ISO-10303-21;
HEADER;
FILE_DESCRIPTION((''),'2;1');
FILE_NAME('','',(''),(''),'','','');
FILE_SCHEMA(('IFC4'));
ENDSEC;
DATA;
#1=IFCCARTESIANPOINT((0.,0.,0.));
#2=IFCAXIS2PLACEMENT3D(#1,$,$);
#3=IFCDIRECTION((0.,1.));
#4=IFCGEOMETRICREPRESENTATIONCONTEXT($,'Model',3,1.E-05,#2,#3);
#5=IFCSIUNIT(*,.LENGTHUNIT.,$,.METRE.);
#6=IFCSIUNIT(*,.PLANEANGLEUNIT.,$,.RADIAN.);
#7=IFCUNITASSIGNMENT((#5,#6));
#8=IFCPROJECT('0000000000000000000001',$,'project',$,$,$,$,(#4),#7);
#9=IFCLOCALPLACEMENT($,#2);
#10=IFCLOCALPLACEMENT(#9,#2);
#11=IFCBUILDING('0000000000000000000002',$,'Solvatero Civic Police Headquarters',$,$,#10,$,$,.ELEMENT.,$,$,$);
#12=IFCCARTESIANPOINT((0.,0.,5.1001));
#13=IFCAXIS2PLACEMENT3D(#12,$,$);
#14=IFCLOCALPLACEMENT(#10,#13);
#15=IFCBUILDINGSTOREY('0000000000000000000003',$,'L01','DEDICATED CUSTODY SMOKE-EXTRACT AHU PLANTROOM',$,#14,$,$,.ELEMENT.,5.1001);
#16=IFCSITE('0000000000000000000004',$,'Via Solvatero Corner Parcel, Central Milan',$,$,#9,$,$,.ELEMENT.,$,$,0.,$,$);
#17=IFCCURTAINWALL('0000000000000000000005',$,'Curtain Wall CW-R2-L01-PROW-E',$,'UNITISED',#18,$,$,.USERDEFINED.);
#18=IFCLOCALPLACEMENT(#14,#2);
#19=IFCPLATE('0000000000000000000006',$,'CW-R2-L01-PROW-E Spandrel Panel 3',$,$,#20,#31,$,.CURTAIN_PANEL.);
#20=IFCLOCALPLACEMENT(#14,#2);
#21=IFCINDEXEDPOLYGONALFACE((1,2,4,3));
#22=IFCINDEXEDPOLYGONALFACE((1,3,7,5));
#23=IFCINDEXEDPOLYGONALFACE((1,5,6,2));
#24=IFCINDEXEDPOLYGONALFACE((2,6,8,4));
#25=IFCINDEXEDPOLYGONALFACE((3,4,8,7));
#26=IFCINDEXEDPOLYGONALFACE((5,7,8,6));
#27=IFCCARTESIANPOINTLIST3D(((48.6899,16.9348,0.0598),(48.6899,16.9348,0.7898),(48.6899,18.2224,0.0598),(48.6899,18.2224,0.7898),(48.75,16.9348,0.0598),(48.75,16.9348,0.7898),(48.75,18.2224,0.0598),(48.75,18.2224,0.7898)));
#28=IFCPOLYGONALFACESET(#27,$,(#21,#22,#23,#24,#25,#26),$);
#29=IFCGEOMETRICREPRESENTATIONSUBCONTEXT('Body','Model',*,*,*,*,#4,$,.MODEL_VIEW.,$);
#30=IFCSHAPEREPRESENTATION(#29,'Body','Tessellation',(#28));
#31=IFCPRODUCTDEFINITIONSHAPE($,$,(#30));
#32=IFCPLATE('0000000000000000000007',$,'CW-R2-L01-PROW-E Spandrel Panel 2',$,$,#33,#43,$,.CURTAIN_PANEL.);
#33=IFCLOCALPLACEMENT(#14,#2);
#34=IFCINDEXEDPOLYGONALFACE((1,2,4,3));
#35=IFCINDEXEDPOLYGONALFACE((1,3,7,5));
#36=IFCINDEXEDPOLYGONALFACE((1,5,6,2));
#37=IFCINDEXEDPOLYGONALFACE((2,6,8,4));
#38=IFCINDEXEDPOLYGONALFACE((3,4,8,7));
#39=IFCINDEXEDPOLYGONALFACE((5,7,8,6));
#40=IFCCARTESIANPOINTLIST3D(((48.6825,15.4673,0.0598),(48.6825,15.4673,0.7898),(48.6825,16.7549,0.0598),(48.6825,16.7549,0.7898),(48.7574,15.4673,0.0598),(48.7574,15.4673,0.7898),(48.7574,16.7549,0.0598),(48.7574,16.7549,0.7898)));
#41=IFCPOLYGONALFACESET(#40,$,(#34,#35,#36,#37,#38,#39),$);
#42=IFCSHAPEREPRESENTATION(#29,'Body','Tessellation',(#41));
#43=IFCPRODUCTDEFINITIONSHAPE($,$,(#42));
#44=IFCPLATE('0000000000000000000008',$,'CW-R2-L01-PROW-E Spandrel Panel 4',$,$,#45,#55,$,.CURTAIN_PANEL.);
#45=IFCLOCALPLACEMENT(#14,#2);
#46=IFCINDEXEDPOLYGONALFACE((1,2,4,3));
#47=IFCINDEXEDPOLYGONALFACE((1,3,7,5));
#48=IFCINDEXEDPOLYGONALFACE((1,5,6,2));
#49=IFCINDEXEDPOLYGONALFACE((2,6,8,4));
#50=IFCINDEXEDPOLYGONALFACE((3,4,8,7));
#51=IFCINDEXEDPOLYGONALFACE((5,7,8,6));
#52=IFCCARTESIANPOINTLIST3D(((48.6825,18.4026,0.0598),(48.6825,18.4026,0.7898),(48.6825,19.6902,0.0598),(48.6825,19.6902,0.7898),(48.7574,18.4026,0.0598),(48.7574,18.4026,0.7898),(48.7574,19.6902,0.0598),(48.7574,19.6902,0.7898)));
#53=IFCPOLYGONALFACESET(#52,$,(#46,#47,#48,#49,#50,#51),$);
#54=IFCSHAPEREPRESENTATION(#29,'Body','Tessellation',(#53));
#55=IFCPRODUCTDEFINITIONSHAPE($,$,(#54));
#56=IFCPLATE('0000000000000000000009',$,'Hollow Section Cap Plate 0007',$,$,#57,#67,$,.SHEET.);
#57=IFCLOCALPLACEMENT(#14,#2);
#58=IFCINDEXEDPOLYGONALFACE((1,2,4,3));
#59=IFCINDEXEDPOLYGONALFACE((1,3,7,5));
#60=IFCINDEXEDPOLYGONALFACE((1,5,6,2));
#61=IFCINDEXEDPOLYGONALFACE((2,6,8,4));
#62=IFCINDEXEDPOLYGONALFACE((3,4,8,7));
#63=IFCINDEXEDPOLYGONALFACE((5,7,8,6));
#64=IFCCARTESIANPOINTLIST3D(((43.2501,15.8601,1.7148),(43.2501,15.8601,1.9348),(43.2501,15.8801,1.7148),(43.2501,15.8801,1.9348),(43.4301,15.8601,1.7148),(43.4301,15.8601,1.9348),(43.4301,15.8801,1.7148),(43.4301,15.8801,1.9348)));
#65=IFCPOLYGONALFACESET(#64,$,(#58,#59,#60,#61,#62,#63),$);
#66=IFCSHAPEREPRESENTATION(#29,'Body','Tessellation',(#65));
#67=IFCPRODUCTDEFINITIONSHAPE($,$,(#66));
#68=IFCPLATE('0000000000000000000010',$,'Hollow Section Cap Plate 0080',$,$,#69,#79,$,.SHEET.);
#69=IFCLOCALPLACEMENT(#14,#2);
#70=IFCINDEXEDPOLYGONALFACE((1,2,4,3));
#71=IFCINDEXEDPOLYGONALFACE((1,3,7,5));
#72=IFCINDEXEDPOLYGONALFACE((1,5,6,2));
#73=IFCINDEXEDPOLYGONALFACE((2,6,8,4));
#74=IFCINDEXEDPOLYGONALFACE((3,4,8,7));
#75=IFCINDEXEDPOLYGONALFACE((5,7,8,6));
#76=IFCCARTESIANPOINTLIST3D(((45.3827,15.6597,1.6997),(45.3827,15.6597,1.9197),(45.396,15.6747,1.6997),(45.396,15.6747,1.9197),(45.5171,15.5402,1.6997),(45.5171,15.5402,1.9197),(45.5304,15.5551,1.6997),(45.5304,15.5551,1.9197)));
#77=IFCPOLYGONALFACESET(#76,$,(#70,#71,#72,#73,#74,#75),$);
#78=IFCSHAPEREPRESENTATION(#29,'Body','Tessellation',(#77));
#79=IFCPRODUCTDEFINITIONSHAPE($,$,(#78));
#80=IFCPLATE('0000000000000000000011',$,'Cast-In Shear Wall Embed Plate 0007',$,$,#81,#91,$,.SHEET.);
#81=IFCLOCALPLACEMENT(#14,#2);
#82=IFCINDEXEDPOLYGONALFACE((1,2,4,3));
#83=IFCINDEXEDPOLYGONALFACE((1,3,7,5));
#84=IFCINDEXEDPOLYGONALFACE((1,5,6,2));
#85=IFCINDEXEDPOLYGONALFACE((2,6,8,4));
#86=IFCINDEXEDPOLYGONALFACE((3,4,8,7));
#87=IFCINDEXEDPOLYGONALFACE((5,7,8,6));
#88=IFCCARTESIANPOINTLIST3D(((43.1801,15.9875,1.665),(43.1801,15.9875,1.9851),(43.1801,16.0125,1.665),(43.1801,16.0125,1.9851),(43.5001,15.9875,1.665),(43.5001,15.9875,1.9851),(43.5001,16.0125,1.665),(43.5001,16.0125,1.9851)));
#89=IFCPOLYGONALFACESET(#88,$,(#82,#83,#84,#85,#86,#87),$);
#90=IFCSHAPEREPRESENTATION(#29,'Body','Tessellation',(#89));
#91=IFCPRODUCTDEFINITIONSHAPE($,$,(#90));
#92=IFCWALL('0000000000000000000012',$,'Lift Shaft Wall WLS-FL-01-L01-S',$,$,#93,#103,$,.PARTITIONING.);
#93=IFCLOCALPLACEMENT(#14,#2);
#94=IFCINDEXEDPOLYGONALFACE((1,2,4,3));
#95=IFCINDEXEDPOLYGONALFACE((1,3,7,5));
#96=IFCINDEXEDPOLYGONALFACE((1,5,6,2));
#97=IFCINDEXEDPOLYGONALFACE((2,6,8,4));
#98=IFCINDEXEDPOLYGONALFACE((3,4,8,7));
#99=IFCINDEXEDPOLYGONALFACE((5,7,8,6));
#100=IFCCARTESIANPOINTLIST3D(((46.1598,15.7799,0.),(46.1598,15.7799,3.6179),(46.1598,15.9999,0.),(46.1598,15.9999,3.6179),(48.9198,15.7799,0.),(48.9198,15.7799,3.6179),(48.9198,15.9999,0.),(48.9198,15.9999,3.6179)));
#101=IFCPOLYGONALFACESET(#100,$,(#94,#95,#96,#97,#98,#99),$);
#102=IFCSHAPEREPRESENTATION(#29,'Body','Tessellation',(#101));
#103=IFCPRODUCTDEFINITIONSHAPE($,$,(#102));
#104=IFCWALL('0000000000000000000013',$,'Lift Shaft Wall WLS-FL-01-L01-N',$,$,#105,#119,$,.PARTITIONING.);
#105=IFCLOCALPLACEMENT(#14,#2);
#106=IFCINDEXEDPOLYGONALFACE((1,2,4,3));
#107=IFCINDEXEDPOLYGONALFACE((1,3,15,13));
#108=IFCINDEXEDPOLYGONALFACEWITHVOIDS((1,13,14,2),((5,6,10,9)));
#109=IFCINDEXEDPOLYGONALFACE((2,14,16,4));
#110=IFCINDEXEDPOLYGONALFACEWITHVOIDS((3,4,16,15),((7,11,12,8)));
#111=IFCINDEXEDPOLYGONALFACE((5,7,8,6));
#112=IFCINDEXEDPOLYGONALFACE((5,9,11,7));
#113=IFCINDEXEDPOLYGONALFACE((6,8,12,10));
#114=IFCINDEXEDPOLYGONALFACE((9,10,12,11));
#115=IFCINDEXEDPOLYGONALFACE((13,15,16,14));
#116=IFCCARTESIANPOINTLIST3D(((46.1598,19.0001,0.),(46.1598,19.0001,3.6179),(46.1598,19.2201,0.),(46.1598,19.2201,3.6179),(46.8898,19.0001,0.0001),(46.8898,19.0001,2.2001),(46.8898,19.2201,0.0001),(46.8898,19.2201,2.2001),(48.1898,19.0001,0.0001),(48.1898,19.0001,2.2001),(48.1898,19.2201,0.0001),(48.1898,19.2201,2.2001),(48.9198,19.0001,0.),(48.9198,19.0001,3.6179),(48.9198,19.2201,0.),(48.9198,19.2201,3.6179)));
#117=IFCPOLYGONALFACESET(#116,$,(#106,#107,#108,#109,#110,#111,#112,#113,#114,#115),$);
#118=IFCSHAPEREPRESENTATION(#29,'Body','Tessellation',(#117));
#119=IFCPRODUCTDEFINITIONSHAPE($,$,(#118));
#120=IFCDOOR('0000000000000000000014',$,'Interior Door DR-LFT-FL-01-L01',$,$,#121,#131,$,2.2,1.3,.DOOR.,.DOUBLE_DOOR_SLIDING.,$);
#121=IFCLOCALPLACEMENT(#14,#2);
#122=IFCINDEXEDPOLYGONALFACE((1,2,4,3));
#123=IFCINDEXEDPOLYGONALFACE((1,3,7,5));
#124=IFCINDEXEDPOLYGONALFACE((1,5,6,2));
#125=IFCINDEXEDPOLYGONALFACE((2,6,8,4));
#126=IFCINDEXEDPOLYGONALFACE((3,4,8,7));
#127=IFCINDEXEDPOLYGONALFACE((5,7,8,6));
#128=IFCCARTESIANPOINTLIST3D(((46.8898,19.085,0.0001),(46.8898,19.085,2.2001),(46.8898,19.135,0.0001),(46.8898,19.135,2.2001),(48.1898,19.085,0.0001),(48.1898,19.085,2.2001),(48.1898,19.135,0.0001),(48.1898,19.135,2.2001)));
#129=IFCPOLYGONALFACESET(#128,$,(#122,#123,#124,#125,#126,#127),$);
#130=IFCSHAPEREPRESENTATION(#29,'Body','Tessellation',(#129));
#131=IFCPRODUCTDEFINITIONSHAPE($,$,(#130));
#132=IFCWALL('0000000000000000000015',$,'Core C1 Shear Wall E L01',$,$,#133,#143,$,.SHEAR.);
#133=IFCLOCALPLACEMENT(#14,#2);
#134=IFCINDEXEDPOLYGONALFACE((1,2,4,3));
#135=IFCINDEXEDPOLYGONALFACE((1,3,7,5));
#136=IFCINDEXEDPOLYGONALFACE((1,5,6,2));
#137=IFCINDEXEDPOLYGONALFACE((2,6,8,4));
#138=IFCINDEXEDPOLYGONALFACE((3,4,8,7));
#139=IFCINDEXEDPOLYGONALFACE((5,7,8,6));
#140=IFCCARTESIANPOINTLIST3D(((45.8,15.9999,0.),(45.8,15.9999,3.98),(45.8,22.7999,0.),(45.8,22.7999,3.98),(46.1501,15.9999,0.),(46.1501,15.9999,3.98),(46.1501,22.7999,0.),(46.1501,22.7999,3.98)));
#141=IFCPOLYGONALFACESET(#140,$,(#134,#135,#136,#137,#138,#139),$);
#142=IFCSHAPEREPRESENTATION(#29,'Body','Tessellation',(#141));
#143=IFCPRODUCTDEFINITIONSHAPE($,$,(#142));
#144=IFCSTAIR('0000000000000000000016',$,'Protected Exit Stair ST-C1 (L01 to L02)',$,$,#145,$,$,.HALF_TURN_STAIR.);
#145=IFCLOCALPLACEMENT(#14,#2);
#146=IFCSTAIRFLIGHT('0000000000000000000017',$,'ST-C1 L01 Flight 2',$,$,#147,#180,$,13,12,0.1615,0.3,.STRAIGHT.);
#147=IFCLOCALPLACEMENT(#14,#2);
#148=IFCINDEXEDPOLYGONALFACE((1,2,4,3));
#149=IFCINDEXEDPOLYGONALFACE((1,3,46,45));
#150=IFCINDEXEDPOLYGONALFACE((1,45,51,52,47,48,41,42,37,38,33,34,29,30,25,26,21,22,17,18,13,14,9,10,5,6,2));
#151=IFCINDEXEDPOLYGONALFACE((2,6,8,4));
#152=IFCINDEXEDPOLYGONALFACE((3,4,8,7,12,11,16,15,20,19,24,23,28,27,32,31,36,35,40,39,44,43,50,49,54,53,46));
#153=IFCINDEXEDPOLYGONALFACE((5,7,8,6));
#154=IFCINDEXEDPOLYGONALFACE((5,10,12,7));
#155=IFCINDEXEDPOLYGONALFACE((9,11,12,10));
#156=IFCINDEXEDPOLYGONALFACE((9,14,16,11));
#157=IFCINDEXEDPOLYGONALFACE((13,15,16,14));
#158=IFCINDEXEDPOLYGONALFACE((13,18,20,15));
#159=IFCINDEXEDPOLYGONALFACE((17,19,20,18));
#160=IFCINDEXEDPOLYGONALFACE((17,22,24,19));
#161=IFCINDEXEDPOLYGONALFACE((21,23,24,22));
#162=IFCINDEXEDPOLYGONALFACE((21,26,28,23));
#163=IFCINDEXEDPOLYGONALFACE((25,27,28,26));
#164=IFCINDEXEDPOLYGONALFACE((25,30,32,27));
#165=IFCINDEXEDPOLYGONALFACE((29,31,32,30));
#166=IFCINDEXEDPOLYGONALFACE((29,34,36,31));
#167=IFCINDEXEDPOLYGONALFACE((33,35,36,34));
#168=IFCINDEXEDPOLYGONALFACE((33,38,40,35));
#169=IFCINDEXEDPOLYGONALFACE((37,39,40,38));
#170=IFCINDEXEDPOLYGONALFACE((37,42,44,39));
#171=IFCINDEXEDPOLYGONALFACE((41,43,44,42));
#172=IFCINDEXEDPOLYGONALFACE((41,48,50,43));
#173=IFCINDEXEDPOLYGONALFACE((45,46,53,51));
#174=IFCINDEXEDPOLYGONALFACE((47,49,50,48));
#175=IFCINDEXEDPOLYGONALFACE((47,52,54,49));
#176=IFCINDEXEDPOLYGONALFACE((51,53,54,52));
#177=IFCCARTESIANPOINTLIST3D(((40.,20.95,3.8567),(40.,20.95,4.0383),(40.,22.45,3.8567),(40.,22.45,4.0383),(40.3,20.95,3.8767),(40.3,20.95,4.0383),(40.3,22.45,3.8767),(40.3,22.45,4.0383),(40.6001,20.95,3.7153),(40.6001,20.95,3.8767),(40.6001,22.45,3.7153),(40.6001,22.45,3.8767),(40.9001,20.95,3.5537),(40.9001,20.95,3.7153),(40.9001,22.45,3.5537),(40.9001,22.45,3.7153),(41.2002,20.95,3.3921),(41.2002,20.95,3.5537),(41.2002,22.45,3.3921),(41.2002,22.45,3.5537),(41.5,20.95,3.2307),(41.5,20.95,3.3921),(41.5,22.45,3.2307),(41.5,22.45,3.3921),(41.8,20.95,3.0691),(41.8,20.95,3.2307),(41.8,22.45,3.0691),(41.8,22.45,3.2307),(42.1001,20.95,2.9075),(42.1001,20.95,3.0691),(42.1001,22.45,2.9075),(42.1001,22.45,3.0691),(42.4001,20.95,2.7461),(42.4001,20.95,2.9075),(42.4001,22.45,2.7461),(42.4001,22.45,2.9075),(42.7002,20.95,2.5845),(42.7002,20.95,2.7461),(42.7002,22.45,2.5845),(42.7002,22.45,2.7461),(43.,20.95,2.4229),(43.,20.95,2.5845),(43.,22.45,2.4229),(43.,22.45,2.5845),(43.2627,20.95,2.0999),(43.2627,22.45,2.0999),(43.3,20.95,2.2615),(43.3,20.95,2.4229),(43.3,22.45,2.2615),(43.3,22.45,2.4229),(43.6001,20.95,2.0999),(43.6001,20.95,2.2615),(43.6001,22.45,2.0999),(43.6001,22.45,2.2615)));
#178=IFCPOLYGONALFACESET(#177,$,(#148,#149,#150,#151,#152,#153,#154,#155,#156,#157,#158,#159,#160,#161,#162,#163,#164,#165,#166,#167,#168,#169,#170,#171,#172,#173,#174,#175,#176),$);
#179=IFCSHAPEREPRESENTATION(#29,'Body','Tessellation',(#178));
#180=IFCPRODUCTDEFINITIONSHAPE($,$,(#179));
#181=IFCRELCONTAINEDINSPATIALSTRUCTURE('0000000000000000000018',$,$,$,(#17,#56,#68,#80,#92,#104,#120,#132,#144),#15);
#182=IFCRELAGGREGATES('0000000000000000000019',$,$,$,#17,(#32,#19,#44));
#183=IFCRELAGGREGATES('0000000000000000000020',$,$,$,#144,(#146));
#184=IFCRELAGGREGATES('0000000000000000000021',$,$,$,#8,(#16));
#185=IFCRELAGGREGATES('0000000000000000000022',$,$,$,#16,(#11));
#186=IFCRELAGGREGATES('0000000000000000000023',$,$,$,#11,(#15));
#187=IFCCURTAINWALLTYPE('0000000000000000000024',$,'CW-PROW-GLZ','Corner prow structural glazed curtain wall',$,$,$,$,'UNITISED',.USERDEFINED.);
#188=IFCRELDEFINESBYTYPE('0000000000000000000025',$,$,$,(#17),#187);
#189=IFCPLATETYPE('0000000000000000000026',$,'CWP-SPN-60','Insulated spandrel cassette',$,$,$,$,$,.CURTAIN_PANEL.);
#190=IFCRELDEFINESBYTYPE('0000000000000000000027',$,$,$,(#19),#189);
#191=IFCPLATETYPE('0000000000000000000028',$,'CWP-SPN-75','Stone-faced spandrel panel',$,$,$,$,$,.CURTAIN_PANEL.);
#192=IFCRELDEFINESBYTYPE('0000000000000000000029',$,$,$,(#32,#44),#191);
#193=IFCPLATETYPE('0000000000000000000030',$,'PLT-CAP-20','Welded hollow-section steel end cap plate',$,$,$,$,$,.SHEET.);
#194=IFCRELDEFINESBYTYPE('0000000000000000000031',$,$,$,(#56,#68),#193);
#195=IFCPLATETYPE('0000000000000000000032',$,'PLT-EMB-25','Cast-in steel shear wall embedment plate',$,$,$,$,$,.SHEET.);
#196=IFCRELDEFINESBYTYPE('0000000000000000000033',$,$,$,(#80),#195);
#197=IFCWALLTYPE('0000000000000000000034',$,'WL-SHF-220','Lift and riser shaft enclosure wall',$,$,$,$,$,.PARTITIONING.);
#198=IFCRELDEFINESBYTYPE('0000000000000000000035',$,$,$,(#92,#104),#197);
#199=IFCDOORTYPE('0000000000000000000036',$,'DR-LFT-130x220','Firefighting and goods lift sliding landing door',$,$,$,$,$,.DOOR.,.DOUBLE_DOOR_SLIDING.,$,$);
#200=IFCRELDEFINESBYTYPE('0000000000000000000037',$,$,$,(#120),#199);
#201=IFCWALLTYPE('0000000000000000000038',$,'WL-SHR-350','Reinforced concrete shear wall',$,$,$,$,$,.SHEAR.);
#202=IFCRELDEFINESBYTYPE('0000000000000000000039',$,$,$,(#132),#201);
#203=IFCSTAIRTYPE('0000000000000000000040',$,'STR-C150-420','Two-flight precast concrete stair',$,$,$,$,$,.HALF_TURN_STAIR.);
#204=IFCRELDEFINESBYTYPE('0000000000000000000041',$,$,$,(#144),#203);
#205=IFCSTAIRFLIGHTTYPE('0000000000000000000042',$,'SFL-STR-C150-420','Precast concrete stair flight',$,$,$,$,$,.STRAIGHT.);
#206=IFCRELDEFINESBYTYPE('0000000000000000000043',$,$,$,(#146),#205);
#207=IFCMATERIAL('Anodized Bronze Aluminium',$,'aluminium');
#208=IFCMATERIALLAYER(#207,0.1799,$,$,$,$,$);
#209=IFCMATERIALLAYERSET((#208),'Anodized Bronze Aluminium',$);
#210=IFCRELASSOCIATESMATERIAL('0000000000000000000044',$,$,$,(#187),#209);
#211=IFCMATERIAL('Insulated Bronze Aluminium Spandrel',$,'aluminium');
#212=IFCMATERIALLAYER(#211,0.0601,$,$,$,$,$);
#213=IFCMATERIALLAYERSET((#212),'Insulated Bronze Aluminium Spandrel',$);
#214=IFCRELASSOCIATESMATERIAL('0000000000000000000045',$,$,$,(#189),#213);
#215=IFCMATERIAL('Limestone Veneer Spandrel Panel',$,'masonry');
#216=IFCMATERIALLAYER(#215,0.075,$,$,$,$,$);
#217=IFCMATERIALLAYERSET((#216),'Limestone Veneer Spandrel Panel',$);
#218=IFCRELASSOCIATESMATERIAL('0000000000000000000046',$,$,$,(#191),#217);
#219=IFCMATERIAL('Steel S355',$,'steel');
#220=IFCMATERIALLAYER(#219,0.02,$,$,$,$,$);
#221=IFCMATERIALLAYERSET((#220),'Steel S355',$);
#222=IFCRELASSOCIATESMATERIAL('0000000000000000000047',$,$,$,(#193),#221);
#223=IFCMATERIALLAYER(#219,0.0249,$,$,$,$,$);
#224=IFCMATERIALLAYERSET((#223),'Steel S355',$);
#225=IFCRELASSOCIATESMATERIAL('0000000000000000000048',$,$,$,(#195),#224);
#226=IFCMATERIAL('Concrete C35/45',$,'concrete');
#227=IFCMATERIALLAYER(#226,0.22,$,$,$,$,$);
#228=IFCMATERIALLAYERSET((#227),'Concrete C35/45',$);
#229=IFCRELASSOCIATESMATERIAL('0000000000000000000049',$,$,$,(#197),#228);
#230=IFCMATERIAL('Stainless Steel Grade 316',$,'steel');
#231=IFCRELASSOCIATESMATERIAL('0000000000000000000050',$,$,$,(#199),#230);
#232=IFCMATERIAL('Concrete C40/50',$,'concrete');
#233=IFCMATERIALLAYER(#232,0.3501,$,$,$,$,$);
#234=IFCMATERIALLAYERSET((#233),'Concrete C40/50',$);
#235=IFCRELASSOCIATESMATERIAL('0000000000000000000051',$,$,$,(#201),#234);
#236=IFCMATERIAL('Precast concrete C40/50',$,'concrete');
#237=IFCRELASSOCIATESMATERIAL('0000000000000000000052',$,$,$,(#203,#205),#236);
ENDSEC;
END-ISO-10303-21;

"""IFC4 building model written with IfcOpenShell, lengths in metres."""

from ifc_helpers import new_model, si_unit, direction, frame, frame_2d, origin, origin_2d, place, context, subcontext, project, spatial, polyline, rectangle, outline, extrude, material, layer, layer_set, type_object, element, fill, aggregate, save


model = new_model("IFC4")

# Units and contexts
model_context = context("Model", 3, precision=1e-05, world=origin(), true_north=direction((0.0, 1.0)))
body_context = subcontext(model_context, "Body", "Model", "MODEL_VIEW")
ifc_project = project(units=[si_unit("LENGTHUNIT", "METRE"), si_unit("PLANEANGLEUNIT", "RADIAN")], contexts=[model_context])

# Site, building, storey
site_placement = place(None, origin())
site = spatial("IfcSite", under=ifc_project, at=site_placement, Name="Via Solvatero Corner Parcel, Central Milan", CompositionType="ELEMENT", RefElevation=0.0)
building_placement = place(site_placement, origin())
building = spatial("IfcBuilding", under=site, at=building_placement, Name="Solvatero Civic Police Headquarters", CompositionType="ELEMENT")
storey_placement = place(building_placement, frame((0.0, 0.0, 5.1001)))
storey = spatial("IfcBuildingStorey", under=building, at=storey_placement, Name="L01", Description="DEDICATED CUSTODY SMOKE-EXTRACT AHU PLANTROOM", CompositionType="ELEMENT", Elevation=5.1001)

# Shared definitions
ifc_material_1 = material(Name="Steel S355", Category="steel")

# Curtain wall
ifc_material_2 = material(Name="Anodized Bronze Aluminium", Category="aluminium")
ifc_layer_1 = layer(ifc_material_2, 0.1799)
ifc_layer_set_1 = layer_set([ifc_layer_1], Name="Anodized Bronze Aluminium")
curtain_wall_type = type_object("IfcCurtainWallType", Name="CW-PROW-GLZ", Description="Corner prow structural glazed curtain wall", ElementType="UNITISED", PredefinedType="USERDEFINED", material=ifc_layer_set_1)
curtain_wall_placement = place(storey_placement, origin())
curtain_wall = element("IfcCurtainWall", 1, at=curtain_wall_placement, inside=storey, type_object=curtain_wall_type, Name="Curtain Wall CW-R2-L01-PROW-E", ObjectType="UNITISED", PredefinedType="USERDEFINED")

# Plates
ifc_material_3 = material(Name="Insulated Bronze Aluminium Spandrel", Category="aluminium")
ifc_layer_2 = layer(ifc_material_3, 0.0601)
ifc_layer_set_2 = layer_set([ifc_layer_2], Name="Insulated Bronze Aluminium Spandrel")
plate_type_1 = type_object("IfcPlateType", Name="CWP-SPN-60", Description="Insulated spandrel cassette", PredefinedType="CURTAIN_PANEL", material=ifc_layer_set_2)
plate_1_placement = place(storey_placement, frame((48.72, 17.5786, 0.0598), z_axis=(0.0, 0.0, 1.0), x_axis=(0.0, 1.0, 0.0)))
plate_1 = element("IfcPlate", 2, at=plate_1_placement, type_object=plate_type_1, Name="CW-R2-L01-PROW-E Spandrel Panel 3", PredefinedType="CURTAIN_PANEL", context=body_context, shape_type="SweptSolid", body=[
    extrude(rectangle(XDim=1.2876, YDim=0.0601, at=origin_2d()), origin(), (0.0, 0.0, 1.0), 0.73),
])
ifc_material_4 = material(Name="Limestone Veneer Spandrel Panel", Category="masonry")
ifc_layer_3 = layer(ifc_material_4, 0.075)
ifc_layer_set_3 = layer_set([ifc_layer_3], Name="Limestone Veneer Spandrel Panel")
plate_type_2 = type_object("IfcPlateType", Name="CWP-SPN-75", Description="Stone-faced spandrel panel", PredefinedType="CURTAIN_PANEL", material=ifc_layer_set_3)
plate_2_placement = place(storey_placement, frame((48.72, 16.1111, 0.0598), z_axis=(0.0, 0.0, 1.0), x_axis=(0.0, 1.0, 0.0)))
plate_2 = element("IfcPlate", 3, at=plate_2_placement, type_object=plate_type_2, Name="CW-R2-L01-PROW-E Spandrel Panel 2", PredefinedType="CURTAIN_PANEL", context=body_context, shape_type="SweptSolid", body=[
    extrude(rectangle(XDim=1.2876, YDim=0.075, at=origin_2d()), origin(), (0.0, 0.0, 1.0), 0.73),
])
plate_3_placement = place(storey_placement, frame((48.72, 19.0464, 0.0598), z_axis=(0.0, 0.0, 1.0), x_axis=(0.0, 1.0, 0.0)))
plate_3 = element("IfcPlate", 4, at=plate_3_placement, type_object=plate_type_2, Name="CW-R2-L01-PROW-E Spandrel Panel 4", PredefinedType="CURTAIN_PANEL", context=body_context, shape_type="SweptSolid", body=[
    extrude(rectangle(XDim=1.2876, YDim=0.075, at=origin_2d()), origin(), (0.0, 0.0, 1.0), 0.73),
])
aggregate(curtain_wall, [plate_2, plate_1, plate_3])

# Plates
ifc_layer_4 = layer(ifc_material_1, 0.02)
ifc_layer_set_4 = layer_set([ifc_layer_4], Name="Steel S355")
plate_type_3 = type_object("IfcPlateType", Name="PLT-CAP-20", Description="Welded hollow-section steel end cap plate", PredefinedType="SHEET", material=ifc_layer_set_4)
plate_4_placement = place(storey_placement, frame((43.3401, 15.8701, 1.7148), z_axis=(0.0, 0.0, 1.0), x_axis=(1.0, 0.0, 0.0)))
element("IfcPlate", 5, at=plate_4_placement, inside=storey, type_object=plate_type_3, Name="Hollow Section Cap Plate 0007", PredefinedType="SHEET", context=body_context, shape_type="SweptSolid", body=[
    extrude(rectangle(XDim=0.1799, YDim=0.02, at=origin_2d()), origin(), (0.0, 0.0, 1.0), 0.22),
])
plate_5_placement = place(storey_placement, frame((45.4565, 15.6074, 1.6997), z_axis=(0.0, 0.0, 1.0), x_axis=(0.66437, 0.747404, 0.0)))
element("IfcPlate", 6, at=plate_5_placement, inside=storey, type_object=plate_type_3, Name="Hollow Section Cap Plate 0080", PredefinedType="SHEET", context=body_context, shape_type="SweptSolid", body=[
    extrude(rectangle(XDim=0.02, YDim=0.1799, at=origin_2d()), origin(), (0.0, 0.0, 1.0), 0.22),
])
ifc_layer_5 = layer(ifc_material_1, 0.0249)
ifc_layer_set_5 = layer_set([ifc_layer_5], Name="Steel S355")
plate_type_4 = type_object("IfcPlateType", Name="PLT-EMB-25", Description="Cast-in steel shear wall embedment plate", PredefinedType="SHEET", material=ifc_layer_set_5)
plate_6_placement = place(storey_placement, frame((43.3401, 16.0, 1.665), z_axis=(0.0, 0.0, 1.0), x_axis=(1.0, 0.0, 0.0)))
element("IfcPlate", 7, at=plate_6_placement, inside=storey, type_object=plate_type_4, Name="Cast-In Shear Wall Embed Plate 0007", PredefinedType="SHEET", context=body_context, shape_type="SweptSolid", body=[
    extrude(rectangle(XDim=0.3201, YDim=0.0249, at=origin_2d()), origin(), (0.0, 0.0, 1.0), 0.3201),
])

# Wall
ifc_material_5 = material(Name="Concrete C35/45", Category="concrete")
ifc_layer_6 = layer(ifc_material_5, 0.22)
ifc_layer_set_6 = layer_set([ifc_layer_6], Name="Concrete C35/45")
wall_type_1 = type_object("IfcWallType", Name="WL-SHF-220", Description="Lift and riser shaft enclosure wall", PredefinedType="PARTITIONING", material=ifc_layer_set_6)
wall_1_placement = place(storey_placement, frame((46.1599, 15.8899, 0.0), z_axis=(0.0, 0.0, 1.0), x_axis=(1.0, 0.0, 0.0)))
element("IfcWall", 8, at=wall_1_placement, inside=storey, type_object=wall_type_1, Name="Lift Shaft Wall WLS-FL-01-L01-S", PredefinedType="PARTITIONING", context=body_context, shape_type="SweptSolid", body=[
    extrude(rectangle(XDim=2.76, YDim=0.22, at=frame_2d((1.3799, 0.0))), origin(), (0.0, 0.0, 1.0), 3.6179),
])

# Wall, opening, door
wall_2_placement = place(storey_placement, frame((46.1599, 19.1101, 0.0), z_axis=(0.0, 0.0, 1.0), x_axis=(1.0, 0.0, 0.0)))
wall_2 = element("IfcWall", 9, at=wall_2_placement, inside=storey, type_object=wall_type_1, Name="Lift Shaft Wall WLS-FL-01-L01-N", PredefinedType="PARTITIONING", context=body_context, shape_type="SweptSolid", body=[
    extrude(rectangle(XDim=2.76, YDim=0.22, at=frame_2d((1.3799, 0.0))), origin(), (0.0, 0.0, 1.0), 3.6179),
])
opening_placement = place(wall_2_placement, frame((0.73, 0.0, 0.0)))
opening = element("IfcOpeningElement", 10, at=opening_placement, cuts=wall_2, PredefinedType="OPENING", context=body_context, shape_type="SweptSolid", body=[
    extrude(rectangle(XDim=1.3, YDim=2.2, at=frame_2d((0.6499, 1.1001))), frame((0.0, 0.1199, 0.0), z_axis=(0.0, -1.0, 0.0), x_axis=(1.0, 0.0, 0.0)), (0.0, 0.0, 1.0), 0.24),
])
ifc_material_6 = material(Name="Stainless Steel Grade 316", Category="steel")
door_type = type_object("IfcDoorType", Name="DR-LFT-130x220", Description="Firefighting and goods lift sliding landing door", OperationType="DOUBLE_DOOR_SLIDING", PredefinedType="DOOR", material=ifc_material_6)
door_placement = place(opening_placement, origin())
door = element("IfcDoor", 11, at=door_placement, inside=storey, type_object=door_type, Name="Interior Door DR-LFT-FL-01-L01", OperationType="DOUBLE_DOOR_SLIDING", OverallHeight=2.2, OverallWidth=1.3, PredefinedType="DOOR", context=body_context, shape_type="SweptSolid", body=[
    extrude(rectangle(XDim=1.3, YDim=2.2, at=frame_2d((0.6499, 1.1001))), frame((0.0, 0.0249, 0.0), z_axis=(0.0, -1.0, 0.0), x_axis=(1.0, 0.0, 0.0)), (0.0, 0.0, 1.0), 0.05),
])
fill(opening, door)

# Wall
ifc_material_7 = material(Name="Concrete C40/50", Category="concrete")
ifc_layer_7 = layer(ifc_material_7, 0.3501)
ifc_layer_set_7 = layer_set([ifc_layer_7], Name="Concrete C40/50")
wall_type_2 = type_object("IfcWallType", Name="WL-SHR-350", Description="Reinforced concrete shear wall", PredefinedType="SHEAR", material=ifc_layer_set_7)
wall_3_placement = place(storey_placement, frame((45.9751, 16.0, 0.0), z_axis=(0.0, 0.0, 1.0), x_axis=(0.0, 1.0, 0.0)))
element("IfcWall", 12, at=wall_3_placement, inside=storey, type_object=wall_type_2, Name="Core C1 Shear Wall E L01", PredefinedType="SHEAR", context=body_context, shape_type="SweptSolid", body=[
    extrude(rectangle(XDim=6.8, YDim=0.3501, at=frame_2d((3.3999, 0.0))), origin(), (0.0, 0.0, 1.0), 3.98),
])

# Stair, stair flight
ifc_material_8 = material(Name="Precast concrete C40/50", Category="concrete")
stair_type = type_object("IfcStairType", Name="STR-C150-420", Description="Two-flight precast concrete stair", PredefinedType="HALF_TURN_STAIR", material=ifc_material_8)
stair_placement = place(storey_placement, origin())
stair = element("IfcStair", 13, at=stair_placement, inside=storey, type_object=stair_type, Name="Protected Exit Stair ST-C1 (L01 to L02)", PredefinedType="HALF_TURN_STAIR")
stair_flight_type = type_object("IfcStairFlightType", Name="SFL-STR-C150-420", Description="Precast concrete stair flight", PredefinedType="STRAIGHT", material=ifc_material_8)
stair_flight_placement = place(storey_placement, frame((43.6001, 21.7, 2.0999), z_axis=(0.0, 0.0, 1.0), x_axis=(-1.0, 0.0, 0.0)))
stair_flight = element("IfcStairFlight", 14, at=stair_flight_placement, type_object=stair_flight_type, Name="ST-C1 L01 Flight 2", NumberOfRisers=13, NumberOfTreads=12, PredefinedType="STRAIGHT", RiserHeight=0.1615, TreadLength=0.3, context=body_context, shape_type="SweptSolid", body=[
    extrude(outline(polyline([(0.0, 0.0), (0.0, 0.1616), (0.3, 0.1616), (0.3, 0.323), (0.6001, 0.323), (0.6001, 0.4846), (0.8999, 0.4846), (0.8999, 0.6462), (1.2, 0.6462), (1.2, 0.8076), (1.5, 0.8076), (1.5, 0.9692), (1.8, 0.9692), (1.8, 1.1309), (2.1001, 1.1309), (2.1001, 1.2922), (2.3999, 1.2922), (2.3999, 1.4539), (2.7, 1.4539), (2.7, 1.6155), (3.0, 1.6155), (3.0, 1.7769), (3.3, 1.7769), (3.3, 1.9385), (3.6001, 1.9385), (3.6001, 2.1001), (3.6001, 1.7568), (0.3374, 0.0), (0.0, 0.0)])), frame((0.0, 0.75, 0.0), z_axis=(0.0, -1.0, 0.0), x_axis=(1.0, 0.0, 0.0)), (0.0, 0.0, 1.0), 1.5),
])
aggregate(stair, [stair_flight])

save(model, "model.ifc")
